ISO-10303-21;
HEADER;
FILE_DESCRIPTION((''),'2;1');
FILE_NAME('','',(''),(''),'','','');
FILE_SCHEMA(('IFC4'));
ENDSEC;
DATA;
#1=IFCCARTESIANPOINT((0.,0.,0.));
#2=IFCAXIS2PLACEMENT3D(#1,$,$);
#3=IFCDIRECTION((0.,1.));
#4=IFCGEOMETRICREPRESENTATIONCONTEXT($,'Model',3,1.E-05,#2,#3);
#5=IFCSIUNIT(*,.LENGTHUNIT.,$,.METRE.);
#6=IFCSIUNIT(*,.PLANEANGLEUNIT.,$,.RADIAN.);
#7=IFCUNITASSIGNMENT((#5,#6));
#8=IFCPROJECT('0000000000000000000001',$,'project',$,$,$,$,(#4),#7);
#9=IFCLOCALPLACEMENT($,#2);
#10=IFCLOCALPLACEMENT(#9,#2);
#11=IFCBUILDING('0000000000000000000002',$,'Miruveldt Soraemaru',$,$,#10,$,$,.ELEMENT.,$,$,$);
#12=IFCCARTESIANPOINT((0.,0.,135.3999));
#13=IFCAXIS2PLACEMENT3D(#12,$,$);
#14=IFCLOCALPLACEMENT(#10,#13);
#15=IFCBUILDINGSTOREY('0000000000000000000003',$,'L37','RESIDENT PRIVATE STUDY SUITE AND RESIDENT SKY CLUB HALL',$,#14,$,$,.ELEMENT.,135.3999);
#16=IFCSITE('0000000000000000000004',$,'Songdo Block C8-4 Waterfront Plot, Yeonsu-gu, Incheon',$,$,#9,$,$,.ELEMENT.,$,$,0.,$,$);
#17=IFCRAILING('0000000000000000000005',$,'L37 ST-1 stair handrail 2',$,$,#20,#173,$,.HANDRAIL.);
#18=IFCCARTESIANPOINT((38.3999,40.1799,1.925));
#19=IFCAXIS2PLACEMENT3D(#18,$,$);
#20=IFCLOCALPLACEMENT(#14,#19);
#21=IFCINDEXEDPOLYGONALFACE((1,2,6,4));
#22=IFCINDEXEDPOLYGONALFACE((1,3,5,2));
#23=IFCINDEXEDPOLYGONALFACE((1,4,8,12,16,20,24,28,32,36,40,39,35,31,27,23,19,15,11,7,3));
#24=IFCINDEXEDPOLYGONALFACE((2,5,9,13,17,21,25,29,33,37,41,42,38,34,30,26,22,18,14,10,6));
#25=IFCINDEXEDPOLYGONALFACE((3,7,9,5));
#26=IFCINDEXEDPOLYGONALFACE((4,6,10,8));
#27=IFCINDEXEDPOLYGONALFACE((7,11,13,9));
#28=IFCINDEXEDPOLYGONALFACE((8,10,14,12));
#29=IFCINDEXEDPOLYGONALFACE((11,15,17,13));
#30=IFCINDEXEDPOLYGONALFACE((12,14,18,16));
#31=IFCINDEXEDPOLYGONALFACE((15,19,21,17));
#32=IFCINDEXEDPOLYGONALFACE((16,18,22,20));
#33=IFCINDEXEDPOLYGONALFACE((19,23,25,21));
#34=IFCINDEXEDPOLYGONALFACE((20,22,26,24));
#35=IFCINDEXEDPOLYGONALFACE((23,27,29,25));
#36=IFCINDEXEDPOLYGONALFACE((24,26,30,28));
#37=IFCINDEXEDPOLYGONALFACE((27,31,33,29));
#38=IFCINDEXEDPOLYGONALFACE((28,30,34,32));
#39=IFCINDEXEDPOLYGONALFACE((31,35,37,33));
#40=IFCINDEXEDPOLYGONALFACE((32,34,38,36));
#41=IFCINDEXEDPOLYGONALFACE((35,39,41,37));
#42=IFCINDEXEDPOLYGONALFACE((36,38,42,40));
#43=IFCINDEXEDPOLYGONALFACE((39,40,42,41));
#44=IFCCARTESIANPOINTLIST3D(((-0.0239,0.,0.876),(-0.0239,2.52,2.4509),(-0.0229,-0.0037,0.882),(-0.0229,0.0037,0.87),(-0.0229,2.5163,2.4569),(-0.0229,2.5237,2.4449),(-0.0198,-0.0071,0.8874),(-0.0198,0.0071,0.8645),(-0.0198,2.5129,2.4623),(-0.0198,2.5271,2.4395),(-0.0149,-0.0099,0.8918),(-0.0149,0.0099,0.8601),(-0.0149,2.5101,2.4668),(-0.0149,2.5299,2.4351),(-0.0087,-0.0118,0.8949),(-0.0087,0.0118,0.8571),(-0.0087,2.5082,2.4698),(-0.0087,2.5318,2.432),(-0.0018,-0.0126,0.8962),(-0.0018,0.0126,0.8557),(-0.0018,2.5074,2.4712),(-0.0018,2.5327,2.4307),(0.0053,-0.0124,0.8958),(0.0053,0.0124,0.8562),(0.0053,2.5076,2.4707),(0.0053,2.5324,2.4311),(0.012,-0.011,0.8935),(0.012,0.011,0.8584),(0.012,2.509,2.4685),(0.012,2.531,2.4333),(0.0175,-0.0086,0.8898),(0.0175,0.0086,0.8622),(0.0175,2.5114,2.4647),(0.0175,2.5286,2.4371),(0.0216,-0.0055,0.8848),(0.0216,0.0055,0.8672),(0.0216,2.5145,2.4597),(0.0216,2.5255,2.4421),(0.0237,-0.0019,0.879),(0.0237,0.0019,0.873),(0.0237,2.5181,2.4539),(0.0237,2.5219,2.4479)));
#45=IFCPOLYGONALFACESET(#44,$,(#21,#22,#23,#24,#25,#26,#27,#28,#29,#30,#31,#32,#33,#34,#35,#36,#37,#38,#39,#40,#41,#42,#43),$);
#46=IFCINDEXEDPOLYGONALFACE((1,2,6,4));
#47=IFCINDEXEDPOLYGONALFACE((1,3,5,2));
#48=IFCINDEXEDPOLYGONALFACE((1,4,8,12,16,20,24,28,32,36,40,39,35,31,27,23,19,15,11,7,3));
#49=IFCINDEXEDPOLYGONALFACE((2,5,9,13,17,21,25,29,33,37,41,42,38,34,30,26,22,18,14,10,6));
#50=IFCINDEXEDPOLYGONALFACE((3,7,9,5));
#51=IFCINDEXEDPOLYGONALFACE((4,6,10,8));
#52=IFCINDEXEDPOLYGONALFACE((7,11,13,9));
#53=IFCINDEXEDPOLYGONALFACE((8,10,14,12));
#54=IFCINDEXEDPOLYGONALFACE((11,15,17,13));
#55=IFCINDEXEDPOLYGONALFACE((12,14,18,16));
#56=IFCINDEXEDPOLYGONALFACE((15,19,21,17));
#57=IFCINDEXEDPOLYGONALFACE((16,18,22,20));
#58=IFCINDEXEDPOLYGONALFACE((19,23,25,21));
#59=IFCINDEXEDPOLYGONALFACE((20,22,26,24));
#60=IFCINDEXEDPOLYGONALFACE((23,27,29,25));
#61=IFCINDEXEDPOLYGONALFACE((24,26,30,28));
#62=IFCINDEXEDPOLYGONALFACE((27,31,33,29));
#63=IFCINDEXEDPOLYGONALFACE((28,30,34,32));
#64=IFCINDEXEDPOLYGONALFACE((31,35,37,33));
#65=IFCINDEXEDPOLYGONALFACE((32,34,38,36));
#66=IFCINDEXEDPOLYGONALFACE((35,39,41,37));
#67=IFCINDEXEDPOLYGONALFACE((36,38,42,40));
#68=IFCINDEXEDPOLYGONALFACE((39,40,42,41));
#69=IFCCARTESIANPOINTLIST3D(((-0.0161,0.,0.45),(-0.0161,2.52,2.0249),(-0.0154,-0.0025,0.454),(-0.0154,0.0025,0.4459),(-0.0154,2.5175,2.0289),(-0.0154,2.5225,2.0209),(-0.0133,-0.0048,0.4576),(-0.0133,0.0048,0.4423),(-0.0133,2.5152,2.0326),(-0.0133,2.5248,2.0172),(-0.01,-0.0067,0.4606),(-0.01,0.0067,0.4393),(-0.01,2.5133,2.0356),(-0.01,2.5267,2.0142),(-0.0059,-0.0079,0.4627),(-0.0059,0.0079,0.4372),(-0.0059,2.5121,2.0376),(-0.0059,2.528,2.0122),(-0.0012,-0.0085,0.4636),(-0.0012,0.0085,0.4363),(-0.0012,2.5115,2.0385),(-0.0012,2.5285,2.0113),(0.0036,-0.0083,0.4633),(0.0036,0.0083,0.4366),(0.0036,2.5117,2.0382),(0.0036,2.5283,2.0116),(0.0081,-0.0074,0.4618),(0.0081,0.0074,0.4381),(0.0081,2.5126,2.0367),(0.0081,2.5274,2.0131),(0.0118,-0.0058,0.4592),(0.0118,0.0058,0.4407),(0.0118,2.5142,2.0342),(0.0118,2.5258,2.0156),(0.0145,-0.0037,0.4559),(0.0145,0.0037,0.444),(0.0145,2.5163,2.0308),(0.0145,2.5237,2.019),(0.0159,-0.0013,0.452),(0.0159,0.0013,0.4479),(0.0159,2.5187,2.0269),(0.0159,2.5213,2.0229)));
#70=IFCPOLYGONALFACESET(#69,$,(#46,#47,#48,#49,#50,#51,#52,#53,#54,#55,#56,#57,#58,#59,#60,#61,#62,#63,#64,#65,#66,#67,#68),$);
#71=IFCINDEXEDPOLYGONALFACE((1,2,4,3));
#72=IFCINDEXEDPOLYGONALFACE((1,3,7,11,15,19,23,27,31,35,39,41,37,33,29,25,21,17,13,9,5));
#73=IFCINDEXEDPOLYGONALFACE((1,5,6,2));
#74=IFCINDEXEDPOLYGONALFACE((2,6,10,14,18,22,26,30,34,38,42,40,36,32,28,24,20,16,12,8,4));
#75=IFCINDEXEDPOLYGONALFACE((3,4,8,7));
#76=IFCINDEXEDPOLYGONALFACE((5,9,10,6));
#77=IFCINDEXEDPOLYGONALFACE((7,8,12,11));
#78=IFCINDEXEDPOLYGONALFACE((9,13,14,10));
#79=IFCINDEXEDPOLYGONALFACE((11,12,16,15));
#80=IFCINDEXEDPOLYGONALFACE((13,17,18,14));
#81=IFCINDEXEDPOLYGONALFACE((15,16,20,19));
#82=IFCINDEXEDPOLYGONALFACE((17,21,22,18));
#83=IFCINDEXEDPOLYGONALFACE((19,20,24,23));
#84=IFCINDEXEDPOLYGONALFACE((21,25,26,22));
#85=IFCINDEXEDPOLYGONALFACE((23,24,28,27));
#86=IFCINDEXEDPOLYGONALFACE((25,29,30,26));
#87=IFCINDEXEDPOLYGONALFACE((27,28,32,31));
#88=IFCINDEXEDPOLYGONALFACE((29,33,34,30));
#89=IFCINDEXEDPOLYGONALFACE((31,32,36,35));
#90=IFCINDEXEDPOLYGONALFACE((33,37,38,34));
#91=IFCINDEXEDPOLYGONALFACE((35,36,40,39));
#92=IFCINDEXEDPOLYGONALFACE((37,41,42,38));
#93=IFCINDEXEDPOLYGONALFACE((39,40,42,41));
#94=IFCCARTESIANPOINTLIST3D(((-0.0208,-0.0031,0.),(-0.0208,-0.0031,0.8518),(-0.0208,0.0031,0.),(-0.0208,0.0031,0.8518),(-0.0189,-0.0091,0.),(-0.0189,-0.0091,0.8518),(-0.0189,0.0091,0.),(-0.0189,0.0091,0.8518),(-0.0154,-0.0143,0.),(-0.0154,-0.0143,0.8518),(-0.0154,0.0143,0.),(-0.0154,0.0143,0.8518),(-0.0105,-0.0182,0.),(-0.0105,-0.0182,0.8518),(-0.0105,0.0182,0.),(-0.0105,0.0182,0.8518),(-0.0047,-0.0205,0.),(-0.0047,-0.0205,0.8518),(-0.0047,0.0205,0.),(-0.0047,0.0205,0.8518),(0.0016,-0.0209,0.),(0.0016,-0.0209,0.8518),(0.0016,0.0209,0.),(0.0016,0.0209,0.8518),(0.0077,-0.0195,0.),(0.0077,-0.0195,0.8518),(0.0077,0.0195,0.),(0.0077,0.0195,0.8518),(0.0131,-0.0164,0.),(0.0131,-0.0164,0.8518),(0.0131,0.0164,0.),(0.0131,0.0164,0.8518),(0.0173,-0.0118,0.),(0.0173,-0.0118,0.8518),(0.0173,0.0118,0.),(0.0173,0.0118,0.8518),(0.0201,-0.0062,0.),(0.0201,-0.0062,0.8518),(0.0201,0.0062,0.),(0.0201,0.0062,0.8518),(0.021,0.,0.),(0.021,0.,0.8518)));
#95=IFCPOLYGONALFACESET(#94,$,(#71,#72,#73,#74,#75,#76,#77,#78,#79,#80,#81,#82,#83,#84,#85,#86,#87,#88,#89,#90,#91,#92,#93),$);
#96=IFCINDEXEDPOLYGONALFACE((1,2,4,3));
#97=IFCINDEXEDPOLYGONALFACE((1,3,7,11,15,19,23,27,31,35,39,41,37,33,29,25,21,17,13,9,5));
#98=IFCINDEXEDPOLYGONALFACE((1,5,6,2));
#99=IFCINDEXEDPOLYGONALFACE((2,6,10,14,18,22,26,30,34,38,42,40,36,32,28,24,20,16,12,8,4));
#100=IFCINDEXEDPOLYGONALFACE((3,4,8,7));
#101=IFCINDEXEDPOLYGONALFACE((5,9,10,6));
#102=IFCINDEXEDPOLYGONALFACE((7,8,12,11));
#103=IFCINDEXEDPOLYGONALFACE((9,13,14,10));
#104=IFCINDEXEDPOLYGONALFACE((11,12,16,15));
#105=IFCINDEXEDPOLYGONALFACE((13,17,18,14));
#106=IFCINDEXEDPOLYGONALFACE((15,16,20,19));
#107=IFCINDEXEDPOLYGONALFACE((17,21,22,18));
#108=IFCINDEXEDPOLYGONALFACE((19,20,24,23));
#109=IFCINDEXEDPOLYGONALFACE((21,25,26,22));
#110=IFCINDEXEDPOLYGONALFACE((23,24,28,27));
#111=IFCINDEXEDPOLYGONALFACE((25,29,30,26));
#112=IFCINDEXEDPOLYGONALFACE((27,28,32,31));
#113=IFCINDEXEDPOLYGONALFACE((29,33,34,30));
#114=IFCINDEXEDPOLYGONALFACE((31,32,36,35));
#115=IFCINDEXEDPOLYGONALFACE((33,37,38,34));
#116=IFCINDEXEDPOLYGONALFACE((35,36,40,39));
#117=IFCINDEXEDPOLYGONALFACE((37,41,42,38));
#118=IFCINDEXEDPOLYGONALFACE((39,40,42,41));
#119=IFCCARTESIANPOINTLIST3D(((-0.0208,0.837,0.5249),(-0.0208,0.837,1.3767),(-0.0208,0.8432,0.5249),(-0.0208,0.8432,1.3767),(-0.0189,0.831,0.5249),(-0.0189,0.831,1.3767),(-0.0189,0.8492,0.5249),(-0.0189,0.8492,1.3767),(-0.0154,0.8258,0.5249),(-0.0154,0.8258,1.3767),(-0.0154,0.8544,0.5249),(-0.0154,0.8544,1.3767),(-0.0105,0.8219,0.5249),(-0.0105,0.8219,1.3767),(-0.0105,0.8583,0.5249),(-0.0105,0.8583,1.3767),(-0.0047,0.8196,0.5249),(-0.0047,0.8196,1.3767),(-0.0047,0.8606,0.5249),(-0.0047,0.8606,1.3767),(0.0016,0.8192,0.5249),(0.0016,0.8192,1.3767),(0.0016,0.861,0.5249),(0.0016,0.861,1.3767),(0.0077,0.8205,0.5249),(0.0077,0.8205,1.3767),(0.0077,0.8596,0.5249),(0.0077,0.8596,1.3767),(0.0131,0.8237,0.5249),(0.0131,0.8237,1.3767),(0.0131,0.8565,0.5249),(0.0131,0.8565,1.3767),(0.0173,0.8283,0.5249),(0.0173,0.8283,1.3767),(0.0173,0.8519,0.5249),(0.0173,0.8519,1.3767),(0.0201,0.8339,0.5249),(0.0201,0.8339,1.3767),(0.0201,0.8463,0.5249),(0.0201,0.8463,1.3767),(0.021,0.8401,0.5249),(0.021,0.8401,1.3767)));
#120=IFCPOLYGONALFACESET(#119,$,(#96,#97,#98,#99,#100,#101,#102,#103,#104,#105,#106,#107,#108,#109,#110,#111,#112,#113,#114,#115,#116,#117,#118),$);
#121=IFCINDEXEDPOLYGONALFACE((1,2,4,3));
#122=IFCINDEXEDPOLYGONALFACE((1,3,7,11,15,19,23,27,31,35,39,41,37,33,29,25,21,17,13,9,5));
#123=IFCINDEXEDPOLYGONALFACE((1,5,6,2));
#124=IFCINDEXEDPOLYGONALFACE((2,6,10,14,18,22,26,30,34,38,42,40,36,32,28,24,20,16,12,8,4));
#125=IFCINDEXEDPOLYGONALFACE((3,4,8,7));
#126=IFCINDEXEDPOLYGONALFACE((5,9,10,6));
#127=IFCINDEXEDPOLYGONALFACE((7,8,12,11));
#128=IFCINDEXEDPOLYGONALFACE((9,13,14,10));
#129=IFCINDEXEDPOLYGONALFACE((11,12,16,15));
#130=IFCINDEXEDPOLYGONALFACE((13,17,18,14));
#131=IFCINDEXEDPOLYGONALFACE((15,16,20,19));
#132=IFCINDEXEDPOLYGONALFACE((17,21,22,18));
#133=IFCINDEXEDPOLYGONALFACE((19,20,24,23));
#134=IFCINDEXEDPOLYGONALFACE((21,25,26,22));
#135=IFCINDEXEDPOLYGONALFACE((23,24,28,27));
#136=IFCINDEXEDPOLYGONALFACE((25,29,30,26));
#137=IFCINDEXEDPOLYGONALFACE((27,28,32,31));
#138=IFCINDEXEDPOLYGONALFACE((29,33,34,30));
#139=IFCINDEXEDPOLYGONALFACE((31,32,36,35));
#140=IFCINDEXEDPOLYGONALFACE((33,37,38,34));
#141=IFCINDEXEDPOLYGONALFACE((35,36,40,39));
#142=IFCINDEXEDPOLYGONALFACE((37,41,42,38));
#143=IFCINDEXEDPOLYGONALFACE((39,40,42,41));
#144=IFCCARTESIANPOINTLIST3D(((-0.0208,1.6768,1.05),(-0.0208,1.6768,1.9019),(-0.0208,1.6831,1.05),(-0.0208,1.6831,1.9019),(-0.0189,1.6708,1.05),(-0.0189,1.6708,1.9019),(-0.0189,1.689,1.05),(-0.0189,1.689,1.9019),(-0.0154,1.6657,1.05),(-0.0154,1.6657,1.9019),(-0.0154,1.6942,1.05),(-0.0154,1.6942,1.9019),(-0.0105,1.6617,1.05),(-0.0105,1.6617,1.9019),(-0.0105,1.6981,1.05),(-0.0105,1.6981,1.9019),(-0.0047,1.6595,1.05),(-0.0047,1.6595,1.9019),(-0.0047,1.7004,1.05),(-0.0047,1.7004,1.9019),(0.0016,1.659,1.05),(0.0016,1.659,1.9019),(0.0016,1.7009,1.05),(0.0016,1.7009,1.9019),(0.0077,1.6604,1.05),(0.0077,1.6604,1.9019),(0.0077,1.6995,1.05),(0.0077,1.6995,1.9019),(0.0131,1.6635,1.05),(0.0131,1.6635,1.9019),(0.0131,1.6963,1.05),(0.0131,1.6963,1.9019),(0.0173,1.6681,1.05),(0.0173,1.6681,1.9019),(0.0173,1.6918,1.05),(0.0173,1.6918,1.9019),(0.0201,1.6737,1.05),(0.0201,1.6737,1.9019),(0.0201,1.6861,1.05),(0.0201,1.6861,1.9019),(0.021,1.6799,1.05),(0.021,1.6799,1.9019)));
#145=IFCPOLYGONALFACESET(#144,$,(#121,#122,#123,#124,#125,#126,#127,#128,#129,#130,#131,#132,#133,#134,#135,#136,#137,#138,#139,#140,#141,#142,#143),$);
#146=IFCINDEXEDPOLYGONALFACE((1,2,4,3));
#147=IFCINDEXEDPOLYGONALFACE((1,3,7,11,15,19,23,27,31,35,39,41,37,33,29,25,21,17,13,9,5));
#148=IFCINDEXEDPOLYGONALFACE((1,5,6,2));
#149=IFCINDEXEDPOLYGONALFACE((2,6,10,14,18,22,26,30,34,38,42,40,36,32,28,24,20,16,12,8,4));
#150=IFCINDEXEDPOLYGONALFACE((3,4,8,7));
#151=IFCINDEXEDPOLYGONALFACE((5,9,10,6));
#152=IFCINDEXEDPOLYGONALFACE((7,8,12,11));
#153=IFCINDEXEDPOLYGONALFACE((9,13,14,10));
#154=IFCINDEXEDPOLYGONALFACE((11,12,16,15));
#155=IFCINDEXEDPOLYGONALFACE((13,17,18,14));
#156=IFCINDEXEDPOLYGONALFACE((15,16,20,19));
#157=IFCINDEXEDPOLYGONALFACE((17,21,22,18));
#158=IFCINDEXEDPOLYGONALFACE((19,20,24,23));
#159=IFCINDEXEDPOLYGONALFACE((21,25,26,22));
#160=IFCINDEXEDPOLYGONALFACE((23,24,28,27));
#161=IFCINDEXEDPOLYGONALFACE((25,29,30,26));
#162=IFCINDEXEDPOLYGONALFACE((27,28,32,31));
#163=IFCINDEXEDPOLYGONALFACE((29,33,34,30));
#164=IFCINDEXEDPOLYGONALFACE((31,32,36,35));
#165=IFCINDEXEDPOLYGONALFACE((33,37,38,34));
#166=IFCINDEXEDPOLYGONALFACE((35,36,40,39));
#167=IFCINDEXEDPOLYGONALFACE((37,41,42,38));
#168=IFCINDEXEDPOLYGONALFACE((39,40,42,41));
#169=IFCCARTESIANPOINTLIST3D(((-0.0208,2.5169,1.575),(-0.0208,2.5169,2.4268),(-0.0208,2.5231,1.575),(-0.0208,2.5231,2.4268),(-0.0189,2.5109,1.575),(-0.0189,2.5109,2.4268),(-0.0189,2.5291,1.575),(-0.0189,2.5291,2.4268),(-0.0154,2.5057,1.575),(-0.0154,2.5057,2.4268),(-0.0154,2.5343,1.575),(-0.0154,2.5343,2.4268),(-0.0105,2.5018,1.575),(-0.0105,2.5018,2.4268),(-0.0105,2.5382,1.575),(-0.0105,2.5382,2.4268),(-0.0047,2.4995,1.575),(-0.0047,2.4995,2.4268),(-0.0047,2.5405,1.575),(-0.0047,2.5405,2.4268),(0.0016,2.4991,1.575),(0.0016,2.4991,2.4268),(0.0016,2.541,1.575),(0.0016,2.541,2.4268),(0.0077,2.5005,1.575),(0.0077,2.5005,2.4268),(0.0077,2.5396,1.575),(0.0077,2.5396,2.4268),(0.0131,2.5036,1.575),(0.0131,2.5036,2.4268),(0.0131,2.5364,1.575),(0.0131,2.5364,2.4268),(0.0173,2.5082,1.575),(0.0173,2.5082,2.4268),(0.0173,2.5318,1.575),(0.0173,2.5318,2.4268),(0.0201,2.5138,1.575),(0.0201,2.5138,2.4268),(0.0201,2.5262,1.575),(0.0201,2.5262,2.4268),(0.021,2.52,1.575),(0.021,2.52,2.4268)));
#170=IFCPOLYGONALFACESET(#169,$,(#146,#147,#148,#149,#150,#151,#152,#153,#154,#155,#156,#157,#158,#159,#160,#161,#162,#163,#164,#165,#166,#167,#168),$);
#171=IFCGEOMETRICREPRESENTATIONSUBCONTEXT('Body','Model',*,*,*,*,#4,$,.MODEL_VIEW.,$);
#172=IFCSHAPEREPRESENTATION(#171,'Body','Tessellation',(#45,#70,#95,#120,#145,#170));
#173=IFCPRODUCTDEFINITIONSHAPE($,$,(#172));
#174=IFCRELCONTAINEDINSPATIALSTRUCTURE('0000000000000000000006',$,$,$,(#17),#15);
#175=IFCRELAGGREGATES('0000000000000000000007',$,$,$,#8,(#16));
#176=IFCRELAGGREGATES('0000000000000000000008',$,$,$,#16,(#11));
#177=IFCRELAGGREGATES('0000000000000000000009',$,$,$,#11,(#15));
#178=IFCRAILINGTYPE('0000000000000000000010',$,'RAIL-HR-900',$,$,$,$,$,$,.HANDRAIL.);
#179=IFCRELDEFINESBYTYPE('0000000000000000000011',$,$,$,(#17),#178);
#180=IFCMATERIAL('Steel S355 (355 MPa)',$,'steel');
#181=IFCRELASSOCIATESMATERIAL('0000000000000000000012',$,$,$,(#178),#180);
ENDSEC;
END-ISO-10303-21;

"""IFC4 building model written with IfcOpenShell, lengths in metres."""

from ifc_helpers import new_model, si_unit, direction, frame, origin, origin_2d, place, context, subcontext, project, spatial, circle, extrude, material, type_object, element, save


model = new_model("IFC4")

# Units and contexts
model_context = context("Model", 3, precision=1e-05, world=origin(), true_north=direction((0.0, 1.0)))
body_context = subcontext(model_context, "Body", "Model", "MODEL_VIEW")
ifc_project = project(units=[si_unit("LENGTHUNIT", "METRE"), si_unit("PLANEANGLEUNIT", "RADIAN")], contexts=[model_context])

# Site, building, storey
site_placement = place(None, origin())
site = spatial("IfcSite", under=ifc_project, at=site_placement, Name="Songdo Block C8-4 Waterfront Plot, Yeonsu-gu, Incheon", CompositionType="ELEMENT", RefElevation=0.0)
building_placement = place(site_placement, origin())
building = spatial("IfcBuilding", under=site, at=building_placement, Name="Miruveldt Soraemaru", CompositionType="ELEMENT")
storey_placement = place(building_placement, frame((0.0, 0.0, 135.3999)))
storey = spatial("IfcBuildingStorey", under=building, at=storey_placement, Name="L37", Description="RESIDENT PRIVATE STUDY SUITE AND RESIDENT SKY CLUB HALL", CompositionType="ELEMENT", Elevation=135.3999)

# Railing
ifc_material_1 = material(Name="Steel S355 (355 MPa)", Category="steel")
railing_type_1 = type_object("IfcRailingType", Name="RAIL-HR-900", PredefinedType="HANDRAIL", material=ifc_material_1)
railing_1_placement = place(storey_placement, frame((38.3999, 40.1799, 1.925)))
element("IfcRailing", 1, at=railing_1_placement, inside=storey, type_object=railing_type_1, Name="L37 ST-1 stair handrail 2", PredefinedType="HANDRAIL", context=body_context, shape_type="SweptSolid", body=[
    extrude(circle(Radius=0.0239, at=origin_2d()), frame((0.0, 0.0, 0.876), z_axis=(0.0, 0.848008, 0.529984), x_axis=(-1.0, 0.0, 0.0)), (0.0, 0.0, 1.0), 2.9717),
    extrude(circle(Radius=0.0161, at=origin_2d()), frame((0.0, 0.0, 0.45), z_axis=(0.0, 0.848008, 0.529984), x_axis=(-1.0, 0.0, 0.0)), (0.0, 0.0, 1.0), 2.9717),
    extrude(circle(Radius=0.021, at=origin_2d()), origin(), (0.0, 0.0, 1.0), 0.8518),
    extrude(circle(Radius=0.021, at=origin_2d()), frame((0.0, 0.8401, 0.5249)), (0.0, 0.0, 1.0), 0.8518),
    extrude(circle(Radius=0.021, at=origin_2d()), frame((0.0, 1.6799, 1.05)), (0.0, 0.0, 1.0), 0.8518),
    extrude(circle(Radius=0.021, at=origin_2d()), frame((0.0, 2.52, 1.575)), (0.0, 0.0, 1.0), 0.8518),
])

save(model, "model.ifc")
